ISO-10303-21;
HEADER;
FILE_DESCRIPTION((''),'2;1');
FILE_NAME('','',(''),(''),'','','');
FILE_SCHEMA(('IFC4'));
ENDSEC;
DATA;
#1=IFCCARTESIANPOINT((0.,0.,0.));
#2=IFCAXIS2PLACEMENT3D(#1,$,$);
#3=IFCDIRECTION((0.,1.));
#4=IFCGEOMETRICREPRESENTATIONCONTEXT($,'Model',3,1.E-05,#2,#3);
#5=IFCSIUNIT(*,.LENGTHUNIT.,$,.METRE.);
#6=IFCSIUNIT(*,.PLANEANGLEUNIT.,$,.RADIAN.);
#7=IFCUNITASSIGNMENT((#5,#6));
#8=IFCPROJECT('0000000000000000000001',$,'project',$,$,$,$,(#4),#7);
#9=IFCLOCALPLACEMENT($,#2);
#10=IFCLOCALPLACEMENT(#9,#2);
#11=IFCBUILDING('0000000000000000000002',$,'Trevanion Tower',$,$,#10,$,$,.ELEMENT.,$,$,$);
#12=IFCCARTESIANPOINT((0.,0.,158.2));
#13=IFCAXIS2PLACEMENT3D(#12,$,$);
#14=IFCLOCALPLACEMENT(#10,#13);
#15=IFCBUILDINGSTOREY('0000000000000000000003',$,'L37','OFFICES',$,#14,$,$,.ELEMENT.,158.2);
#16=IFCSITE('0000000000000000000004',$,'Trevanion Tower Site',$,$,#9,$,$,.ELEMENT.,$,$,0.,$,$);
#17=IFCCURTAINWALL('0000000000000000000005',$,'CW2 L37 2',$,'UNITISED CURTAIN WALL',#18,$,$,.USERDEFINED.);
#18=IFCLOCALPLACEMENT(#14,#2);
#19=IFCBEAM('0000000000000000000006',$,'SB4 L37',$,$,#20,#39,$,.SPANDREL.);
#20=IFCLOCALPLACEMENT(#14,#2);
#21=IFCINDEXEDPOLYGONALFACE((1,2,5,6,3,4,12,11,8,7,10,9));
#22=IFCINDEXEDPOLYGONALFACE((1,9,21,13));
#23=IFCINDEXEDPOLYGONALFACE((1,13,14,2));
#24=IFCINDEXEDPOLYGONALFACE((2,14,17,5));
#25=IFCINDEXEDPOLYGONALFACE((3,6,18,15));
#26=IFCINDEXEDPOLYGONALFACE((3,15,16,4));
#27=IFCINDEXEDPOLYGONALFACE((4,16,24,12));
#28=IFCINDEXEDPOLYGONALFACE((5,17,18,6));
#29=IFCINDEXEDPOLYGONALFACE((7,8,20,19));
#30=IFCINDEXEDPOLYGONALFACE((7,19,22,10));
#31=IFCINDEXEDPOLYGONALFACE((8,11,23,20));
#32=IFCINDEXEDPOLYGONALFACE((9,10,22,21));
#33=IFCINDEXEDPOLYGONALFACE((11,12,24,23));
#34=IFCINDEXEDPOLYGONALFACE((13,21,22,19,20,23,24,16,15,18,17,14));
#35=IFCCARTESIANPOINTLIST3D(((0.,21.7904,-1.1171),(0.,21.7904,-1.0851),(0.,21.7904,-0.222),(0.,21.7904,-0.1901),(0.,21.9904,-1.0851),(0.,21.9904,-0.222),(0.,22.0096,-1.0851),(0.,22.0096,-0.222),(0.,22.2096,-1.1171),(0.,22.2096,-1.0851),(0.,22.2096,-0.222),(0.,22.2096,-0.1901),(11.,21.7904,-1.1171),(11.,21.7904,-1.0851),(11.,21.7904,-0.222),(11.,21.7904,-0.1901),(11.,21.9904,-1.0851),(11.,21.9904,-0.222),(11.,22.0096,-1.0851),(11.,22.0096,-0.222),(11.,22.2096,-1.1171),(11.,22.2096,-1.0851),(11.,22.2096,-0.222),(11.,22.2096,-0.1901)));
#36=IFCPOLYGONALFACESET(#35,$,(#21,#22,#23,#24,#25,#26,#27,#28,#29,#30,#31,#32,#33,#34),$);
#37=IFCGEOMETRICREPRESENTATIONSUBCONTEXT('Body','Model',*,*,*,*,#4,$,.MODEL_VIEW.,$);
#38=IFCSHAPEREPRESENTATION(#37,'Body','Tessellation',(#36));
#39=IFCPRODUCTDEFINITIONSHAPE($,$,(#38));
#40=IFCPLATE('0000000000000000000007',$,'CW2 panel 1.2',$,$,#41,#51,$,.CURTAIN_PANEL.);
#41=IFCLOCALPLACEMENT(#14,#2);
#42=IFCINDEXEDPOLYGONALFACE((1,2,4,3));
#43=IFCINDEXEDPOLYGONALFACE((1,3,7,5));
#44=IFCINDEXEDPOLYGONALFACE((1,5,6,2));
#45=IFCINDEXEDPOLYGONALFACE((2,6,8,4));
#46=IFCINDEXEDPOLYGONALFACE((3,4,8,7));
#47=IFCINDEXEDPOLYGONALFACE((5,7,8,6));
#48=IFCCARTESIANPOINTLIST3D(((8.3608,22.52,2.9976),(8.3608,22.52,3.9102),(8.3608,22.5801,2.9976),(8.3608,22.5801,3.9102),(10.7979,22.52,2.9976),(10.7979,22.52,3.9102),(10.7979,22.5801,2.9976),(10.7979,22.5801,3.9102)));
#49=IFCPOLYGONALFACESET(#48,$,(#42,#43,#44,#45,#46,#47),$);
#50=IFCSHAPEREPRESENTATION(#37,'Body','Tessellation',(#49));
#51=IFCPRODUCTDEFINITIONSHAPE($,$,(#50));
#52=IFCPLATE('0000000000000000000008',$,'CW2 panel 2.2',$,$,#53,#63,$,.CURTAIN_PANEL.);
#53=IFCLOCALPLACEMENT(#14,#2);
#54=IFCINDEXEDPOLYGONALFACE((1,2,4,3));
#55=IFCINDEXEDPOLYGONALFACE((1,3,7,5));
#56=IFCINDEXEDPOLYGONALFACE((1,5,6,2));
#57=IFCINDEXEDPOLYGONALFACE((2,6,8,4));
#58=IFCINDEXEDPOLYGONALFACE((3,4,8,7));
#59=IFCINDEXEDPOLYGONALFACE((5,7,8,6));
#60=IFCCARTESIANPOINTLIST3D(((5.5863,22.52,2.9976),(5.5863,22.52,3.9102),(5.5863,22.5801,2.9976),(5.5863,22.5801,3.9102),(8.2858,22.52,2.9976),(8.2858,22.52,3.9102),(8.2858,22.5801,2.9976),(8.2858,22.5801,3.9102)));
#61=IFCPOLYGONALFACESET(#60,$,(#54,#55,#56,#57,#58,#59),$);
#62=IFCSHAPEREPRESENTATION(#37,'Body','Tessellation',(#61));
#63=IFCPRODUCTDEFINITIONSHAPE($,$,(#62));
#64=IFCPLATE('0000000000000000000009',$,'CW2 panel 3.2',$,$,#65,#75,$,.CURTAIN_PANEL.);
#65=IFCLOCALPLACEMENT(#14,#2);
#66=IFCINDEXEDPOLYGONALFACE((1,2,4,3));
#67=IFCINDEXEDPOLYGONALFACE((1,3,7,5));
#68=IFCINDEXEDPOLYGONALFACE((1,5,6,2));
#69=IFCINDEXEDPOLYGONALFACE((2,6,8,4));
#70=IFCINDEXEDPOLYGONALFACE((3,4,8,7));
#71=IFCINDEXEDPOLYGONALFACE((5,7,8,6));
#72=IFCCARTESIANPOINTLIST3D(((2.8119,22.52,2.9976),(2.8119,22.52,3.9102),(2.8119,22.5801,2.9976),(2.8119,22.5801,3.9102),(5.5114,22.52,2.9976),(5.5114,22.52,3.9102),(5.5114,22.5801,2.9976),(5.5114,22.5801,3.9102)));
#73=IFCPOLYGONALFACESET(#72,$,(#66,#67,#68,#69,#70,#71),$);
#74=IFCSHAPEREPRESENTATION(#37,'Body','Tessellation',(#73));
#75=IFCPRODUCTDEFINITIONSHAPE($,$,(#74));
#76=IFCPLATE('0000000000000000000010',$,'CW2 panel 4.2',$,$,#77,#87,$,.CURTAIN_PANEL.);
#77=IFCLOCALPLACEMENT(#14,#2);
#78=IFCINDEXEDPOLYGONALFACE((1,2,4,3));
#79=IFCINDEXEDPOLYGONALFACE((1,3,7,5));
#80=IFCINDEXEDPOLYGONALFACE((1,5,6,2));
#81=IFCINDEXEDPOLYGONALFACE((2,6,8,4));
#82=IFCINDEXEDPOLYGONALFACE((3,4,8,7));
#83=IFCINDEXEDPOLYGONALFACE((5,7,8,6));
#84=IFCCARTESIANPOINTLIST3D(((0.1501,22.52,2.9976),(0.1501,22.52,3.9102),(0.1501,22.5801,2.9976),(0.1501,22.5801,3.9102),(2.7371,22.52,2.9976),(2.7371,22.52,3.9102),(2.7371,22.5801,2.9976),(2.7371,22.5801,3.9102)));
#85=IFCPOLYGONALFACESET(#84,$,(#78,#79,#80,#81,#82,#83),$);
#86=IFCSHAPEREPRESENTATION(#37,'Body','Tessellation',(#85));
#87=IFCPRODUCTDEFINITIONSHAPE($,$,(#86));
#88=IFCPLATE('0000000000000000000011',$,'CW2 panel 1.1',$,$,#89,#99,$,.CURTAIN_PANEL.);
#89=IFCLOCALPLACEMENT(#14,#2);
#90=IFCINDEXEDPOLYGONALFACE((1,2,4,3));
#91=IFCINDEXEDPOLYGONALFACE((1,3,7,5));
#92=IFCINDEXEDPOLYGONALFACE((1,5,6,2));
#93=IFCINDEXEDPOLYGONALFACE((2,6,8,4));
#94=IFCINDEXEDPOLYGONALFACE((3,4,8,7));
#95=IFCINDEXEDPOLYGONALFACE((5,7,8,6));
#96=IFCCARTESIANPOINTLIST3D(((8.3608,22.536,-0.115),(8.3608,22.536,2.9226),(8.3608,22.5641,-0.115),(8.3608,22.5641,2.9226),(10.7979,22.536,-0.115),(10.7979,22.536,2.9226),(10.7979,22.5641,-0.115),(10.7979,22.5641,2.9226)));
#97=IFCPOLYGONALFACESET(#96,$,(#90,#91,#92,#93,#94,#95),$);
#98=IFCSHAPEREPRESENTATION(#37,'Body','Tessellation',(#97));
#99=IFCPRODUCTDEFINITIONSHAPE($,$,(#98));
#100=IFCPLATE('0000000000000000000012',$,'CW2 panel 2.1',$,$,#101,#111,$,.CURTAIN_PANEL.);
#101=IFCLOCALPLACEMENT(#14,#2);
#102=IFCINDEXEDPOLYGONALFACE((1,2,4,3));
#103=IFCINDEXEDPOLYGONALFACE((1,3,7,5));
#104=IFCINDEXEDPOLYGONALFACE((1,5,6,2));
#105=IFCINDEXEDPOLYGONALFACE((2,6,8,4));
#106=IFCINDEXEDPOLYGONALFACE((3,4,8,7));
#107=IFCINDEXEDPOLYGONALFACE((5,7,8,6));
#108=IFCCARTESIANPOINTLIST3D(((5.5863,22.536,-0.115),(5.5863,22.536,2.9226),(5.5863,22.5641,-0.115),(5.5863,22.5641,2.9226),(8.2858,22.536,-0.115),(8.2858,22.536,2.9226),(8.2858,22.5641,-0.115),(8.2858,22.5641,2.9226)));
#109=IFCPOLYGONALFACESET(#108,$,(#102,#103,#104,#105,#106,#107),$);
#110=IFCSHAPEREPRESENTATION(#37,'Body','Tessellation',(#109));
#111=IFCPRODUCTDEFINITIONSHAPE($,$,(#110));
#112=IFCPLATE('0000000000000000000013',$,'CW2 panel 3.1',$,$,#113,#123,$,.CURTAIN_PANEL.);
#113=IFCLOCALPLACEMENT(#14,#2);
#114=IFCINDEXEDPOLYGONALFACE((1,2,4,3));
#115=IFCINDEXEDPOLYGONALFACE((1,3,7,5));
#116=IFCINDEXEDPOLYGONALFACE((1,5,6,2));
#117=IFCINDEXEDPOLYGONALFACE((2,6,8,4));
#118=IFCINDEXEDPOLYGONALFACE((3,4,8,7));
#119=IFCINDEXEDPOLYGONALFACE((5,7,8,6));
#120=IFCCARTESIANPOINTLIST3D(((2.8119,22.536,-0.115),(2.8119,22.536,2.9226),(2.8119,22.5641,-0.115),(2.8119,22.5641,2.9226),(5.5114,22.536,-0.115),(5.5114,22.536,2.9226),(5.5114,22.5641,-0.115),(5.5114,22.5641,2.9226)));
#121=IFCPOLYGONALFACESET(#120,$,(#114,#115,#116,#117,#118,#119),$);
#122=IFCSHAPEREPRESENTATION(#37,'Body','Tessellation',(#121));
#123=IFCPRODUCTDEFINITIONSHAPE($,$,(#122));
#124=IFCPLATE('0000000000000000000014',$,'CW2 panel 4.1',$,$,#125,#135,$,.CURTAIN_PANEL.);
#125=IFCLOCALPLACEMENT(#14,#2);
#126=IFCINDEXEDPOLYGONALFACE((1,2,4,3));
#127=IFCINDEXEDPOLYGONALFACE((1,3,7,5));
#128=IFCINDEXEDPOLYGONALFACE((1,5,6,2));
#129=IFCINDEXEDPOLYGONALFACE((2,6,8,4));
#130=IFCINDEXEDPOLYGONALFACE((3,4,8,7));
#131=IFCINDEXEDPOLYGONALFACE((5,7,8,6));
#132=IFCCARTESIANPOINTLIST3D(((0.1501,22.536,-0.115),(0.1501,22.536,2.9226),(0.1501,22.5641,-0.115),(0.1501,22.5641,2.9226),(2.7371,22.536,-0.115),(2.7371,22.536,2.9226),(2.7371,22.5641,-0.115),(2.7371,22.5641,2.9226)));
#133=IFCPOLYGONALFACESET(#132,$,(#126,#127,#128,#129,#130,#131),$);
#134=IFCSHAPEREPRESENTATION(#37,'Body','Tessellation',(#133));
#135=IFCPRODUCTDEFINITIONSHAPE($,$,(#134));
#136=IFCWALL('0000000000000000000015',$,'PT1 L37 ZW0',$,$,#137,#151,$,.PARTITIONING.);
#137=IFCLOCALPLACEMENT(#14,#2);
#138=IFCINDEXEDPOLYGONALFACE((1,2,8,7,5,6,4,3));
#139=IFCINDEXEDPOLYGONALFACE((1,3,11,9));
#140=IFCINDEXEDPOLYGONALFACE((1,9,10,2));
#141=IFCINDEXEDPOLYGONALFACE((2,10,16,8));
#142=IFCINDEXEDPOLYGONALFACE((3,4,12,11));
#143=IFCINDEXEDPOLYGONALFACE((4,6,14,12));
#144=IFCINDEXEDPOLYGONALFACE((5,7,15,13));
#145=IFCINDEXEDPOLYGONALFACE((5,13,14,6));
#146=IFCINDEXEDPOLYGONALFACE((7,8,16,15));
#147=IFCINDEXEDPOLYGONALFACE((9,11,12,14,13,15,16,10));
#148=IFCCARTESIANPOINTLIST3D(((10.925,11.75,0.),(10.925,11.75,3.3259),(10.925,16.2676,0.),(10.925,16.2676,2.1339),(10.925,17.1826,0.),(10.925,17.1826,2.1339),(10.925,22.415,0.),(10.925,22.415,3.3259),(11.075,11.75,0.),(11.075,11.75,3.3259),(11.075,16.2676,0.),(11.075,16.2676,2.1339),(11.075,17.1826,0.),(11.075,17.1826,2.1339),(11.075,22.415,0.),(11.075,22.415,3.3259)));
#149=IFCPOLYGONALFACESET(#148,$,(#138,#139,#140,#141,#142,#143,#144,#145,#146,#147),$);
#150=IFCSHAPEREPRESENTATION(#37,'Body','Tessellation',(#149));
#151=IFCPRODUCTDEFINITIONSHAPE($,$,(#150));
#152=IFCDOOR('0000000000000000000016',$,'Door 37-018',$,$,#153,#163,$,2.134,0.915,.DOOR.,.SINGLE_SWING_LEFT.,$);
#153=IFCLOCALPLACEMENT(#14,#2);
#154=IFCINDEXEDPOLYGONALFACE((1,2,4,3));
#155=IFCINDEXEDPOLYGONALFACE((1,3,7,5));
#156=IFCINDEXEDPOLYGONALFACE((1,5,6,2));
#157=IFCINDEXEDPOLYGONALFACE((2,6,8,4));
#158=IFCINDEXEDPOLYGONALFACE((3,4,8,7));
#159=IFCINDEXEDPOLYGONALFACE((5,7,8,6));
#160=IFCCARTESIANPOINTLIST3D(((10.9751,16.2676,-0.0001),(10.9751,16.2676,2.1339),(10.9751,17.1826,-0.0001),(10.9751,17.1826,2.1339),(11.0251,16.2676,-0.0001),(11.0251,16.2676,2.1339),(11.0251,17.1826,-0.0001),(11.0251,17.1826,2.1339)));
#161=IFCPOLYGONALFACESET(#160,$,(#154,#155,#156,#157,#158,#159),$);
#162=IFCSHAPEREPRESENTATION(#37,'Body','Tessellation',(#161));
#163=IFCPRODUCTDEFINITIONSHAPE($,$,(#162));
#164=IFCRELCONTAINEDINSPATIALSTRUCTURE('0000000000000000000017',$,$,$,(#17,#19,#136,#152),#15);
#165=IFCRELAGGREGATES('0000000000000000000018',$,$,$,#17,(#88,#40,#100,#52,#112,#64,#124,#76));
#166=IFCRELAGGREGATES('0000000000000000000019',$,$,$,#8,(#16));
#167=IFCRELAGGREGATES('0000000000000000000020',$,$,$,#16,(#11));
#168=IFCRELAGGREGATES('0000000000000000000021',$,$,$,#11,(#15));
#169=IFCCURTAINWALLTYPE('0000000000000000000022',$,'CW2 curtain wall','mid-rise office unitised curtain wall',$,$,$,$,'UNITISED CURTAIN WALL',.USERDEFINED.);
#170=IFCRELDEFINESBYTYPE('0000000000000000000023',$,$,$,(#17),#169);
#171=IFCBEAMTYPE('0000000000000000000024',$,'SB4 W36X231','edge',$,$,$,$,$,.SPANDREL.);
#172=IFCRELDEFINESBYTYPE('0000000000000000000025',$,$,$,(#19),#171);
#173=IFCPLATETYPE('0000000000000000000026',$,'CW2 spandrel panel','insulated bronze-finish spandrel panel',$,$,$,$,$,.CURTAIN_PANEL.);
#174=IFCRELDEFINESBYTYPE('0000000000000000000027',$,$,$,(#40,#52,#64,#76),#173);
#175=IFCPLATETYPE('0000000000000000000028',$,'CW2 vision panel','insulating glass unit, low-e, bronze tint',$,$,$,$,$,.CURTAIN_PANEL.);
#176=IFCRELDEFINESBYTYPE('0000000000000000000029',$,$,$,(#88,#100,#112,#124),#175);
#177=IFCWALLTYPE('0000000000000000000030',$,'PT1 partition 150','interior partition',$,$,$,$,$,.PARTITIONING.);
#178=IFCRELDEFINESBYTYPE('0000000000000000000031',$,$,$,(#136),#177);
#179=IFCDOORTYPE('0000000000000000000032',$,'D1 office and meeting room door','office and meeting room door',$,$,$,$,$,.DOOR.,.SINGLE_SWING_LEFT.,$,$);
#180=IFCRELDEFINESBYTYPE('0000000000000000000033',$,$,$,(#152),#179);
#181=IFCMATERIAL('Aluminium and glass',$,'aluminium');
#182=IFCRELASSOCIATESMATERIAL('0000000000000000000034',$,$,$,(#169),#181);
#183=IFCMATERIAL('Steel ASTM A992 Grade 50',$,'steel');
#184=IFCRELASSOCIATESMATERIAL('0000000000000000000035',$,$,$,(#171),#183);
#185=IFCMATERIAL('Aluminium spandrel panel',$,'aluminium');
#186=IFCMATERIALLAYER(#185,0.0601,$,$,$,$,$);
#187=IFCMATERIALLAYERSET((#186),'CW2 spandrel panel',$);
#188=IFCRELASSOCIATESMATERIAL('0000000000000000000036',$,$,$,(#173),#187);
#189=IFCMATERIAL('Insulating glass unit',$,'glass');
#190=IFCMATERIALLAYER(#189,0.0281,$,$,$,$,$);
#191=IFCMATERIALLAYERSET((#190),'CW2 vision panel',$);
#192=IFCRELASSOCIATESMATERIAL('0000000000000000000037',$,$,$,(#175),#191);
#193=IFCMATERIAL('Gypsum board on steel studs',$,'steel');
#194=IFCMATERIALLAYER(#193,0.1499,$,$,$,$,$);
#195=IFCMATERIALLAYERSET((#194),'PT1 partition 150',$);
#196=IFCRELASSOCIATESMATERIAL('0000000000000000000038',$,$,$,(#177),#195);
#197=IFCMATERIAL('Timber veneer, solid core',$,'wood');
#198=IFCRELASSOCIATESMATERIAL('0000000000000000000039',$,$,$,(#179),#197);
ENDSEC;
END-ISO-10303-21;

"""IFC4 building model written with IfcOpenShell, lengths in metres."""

from ifc_helpers import new_model, si_unit, direction, frame, frame_2d, origin, origin_2d, place, context, subcontext, project, spatial, rectangle, i_section, extrude, material, layer, layer_set, material_profile, profile_set, type_object, element, fill, aggregate, save


model = new_model("IFC4")

# Units and contexts
model_context = context("Model", 3, precision=1e-05, world=origin(), true_north=direction((0.0, 1.0)))
body_context = subcontext(model_context, "Body", "Model", "MODEL_VIEW")
ifc_project = project(units=[si_unit("LENGTHUNIT", "METRE"), si_unit("PLANEANGLEUNIT", "RADIAN")], contexts=[model_context])

# Site, building, storey
site_placement = place(None, origin())
site = spatial("IfcSite", under=ifc_project, at=site_placement, Name="Trevanion Tower Site", CompositionType="ELEMENT", RefElevation=0.0)
building_placement = place(site_placement, origin())
building = spatial("IfcBuilding", under=site, at=building_placement, Name="Trevanion Tower", CompositionType="ELEMENT")
storey_placement = place(building_placement, frame((0.0, 0.0, 158.2)))
storey = spatial("IfcBuildingStorey", under=building, at=storey_placement, Name="L37", Description="OFFICES", CompositionType="ELEMENT", Elevation=158.2)

# Curtain wall
ifc_material_1 = material(Name="Aluminium and glass", Category="aluminium")
curtain_wall_type = type_object("IfcCurtainWallType", Name="CW2 curtain wall", Description="mid-rise office unitised curtain wall", ElementType="UNITISED CURTAIN WALL", PredefinedType="USERDEFINED", material=ifc_material_1)
curtain_wall_1_placement = place(storey_placement, origin())
curtain_wall_1 = element("IfcCurtainWall", 1, at=curtain_wall_1_placement, inside=storey, type_object=curtain_wall_type, Name="CW2 L37 2", ObjectType="UNITISED CURTAIN WALL", PredefinedType="USERDEFINED")

# Beam
ifc_material_2 = material(Name="Steel ASTM A992 Grade 50", Category="steel")
ifc_material_profile_1 = material_profile(ifc_material_2, i_section(OverallWidth=0.4192, OverallDepth=0.927, WebThickness=0.0193, FlangeThickness=0.032, at=origin_2d()), Name="W36X231")
ifc_profile_set_1 = profile_set([ifc_material_profile_1], Name="Steel ASTM A992 Grade 50")
beam_type = type_object("IfcBeamType", Name="SB4 W36X231", Description="edge", PredefinedType="SPANDREL", material=ifc_profile_set_1)
beam_placement = place(storey_placement, frame((11.0, 22.0, -0.6536), z_axis=(-1.0, 0.0, 0.0), x_axis=(0.0, -1.0, 0.0)))
element("IfcBeam", 2, at=beam_placement, inside=storey, type_object=beam_type, Name="SB4 L37", PredefinedType="SPANDREL", context=body_context, shape_type="SweptSolid", body=[
    extrude(i_section(OverallWidth=0.4192, OverallDepth=0.927, WebThickness=0.0193, FlangeThickness=0.032, at=origin_2d()), origin(), (0.0, 0.0, 1.0), 11.0),
])

# Plates
ifc_material_3 = material(Name="Aluminium spandrel panel", Category="aluminium")
ifc_layer_1 = layer(ifc_material_3, 0.0601)
ifc_layer_set_1 = layer_set([ifc_layer_1], Name="CW2 spandrel panel")
plate_type_1 = type_object("IfcPlateType", Name="CW2 spandrel panel", Description="insulated bronze-finish spandrel panel", PredefinedType="CURTAIN_PANEL", material=ifc_layer_set_1)
plate_1_placement = place(storey_placement, frame((9.5793, 22.55, 2.9976), z_axis=(0.0, 0.0, 1.0), x_axis=(-1.0, 0.0, 0.0)))
plate_1 = element("IfcPlate", 3, at=plate_1_placement, type_object=plate_type_1, Name="CW2 panel 1.2", PredefinedType="CURTAIN_PANEL", context=body_context, shape_type="SweptSolid", body=[
    extrude(rectangle(XDim=2.437, YDim=0.0601, at=origin_2d()), origin(), (0.0, 0.0, 1.0), 0.9126),
])
plate_2_placement = place(storey_placement, frame((6.936, 22.55, 2.9976), z_axis=(0.0, 0.0, 1.0), x_axis=(-1.0, 0.0, 0.0)))
plate_2 = element("IfcPlate", 4, at=plate_2_placement, type_object=plate_type_1, Name="CW2 panel 2.2", PredefinedType="CURTAIN_PANEL", context=body_context, shape_type="SweptSolid", body=[
    extrude(rectangle(XDim=2.6995, YDim=0.0601, at=origin_2d()), origin(), (0.0, 0.0, 1.0), 0.9126),
])
plate_3_placement = place(storey_placement, frame((4.1616, 22.55, 2.9976), z_axis=(0.0, 0.0, 1.0), x_axis=(-1.0, 0.0, 0.0)))
plate_3 = element("IfcPlate", 5, at=plate_3_placement, type_object=plate_type_1, Name="CW2 panel 3.2", PredefinedType="CURTAIN_PANEL", context=body_context, shape_type="SweptSolid", body=[
    extrude(rectangle(XDim=2.6995, YDim=0.0601, at=origin_2d()), origin(), (0.0, 0.0, 1.0), 0.9126),
])
plate_4_placement = place(storey_placement, frame((1.4436, 22.55, 2.9976), z_axis=(0.0, 0.0, 1.0), x_axis=(-1.0, 0.0, 0.0)))
plate_4 = element("IfcPlate", 6, at=plate_4_placement, type_object=plate_type_1, Name="CW2 panel 4.2", PredefinedType="CURTAIN_PANEL", context=body_context, shape_type="SweptSolid", body=[
    extrude(rectangle(XDim=2.5869, YDim=0.0601, at=origin_2d()), origin(), (0.0, 0.0, 1.0), 0.9126),
])
ifc_material_4 = material(Name="Insulating glass unit", Category="glass")
ifc_layer_2 = layer(ifc_material_4, 0.0281)
ifc_layer_set_2 = layer_set([ifc_layer_2], Name="CW2 vision panel")
plate_type_2 = type_object("IfcPlateType", Name="CW2 vision panel", Description="insulating glass unit, low-e, bronze tint", PredefinedType="CURTAIN_PANEL", material=ifc_layer_set_2)
plate_5_placement = place(storey_placement, frame((9.5793, 22.55, -0.115), z_axis=(0.0, 0.0, 1.0), x_axis=(-1.0, 0.0, 0.0)))
plate_5 = element("IfcPlate", 7, at=plate_5_placement, type_object=plate_type_2, Name="CW2 panel 1.1", PredefinedType="CURTAIN_PANEL", context=body_context, shape_type="SweptSolid", body=[
    extrude(rectangle(XDim=2.437, YDim=0.0281, at=origin_2d()), origin(), (0.0, 0.0, 1.0), 3.0376),
])
plate_6_placement = place(storey_placement, frame((6.936, 22.55, -0.115), z_axis=(0.0, 0.0, 1.0), x_axis=(-1.0, 0.0, 0.0)))
plate_6 = element("IfcPlate", 8, at=plate_6_placement, type_object=plate_type_2, Name="CW2 panel 2.1", PredefinedType="CURTAIN_PANEL", context=body_context, shape_type="SweptSolid", body=[
    extrude(rectangle(XDim=2.6995, YDim=0.0281, at=origin_2d()), origin(), (0.0, 0.0, 1.0), 3.0376),
])
plate_7_placement = place(storey_placement, frame((4.1616, 22.55, -0.115), z_axis=(0.0, 0.0, 1.0), x_axis=(-1.0, 0.0, 0.0)))
plate_7 = element("IfcPlate", 9, at=plate_7_placement, type_object=plate_type_2, Name="CW2 panel 3.1", PredefinedType="CURTAIN_PANEL", context=body_context, shape_type="SweptSolid", body=[
    extrude(rectangle(XDim=2.6995, YDim=0.0281, at=origin_2d()), origin(), (0.0, 0.0, 1.0), 3.0376),
])
plate_8_placement = place(storey_placement, frame((1.4436, 22.55, -0.115), z_axis=(0.0, 0.0, 1.0), x_axis=(-1.0, 0.0, 0.0)))
plate_8 = element("IfcPlate", 10, at=plate_8_placement, type_object=plate_type_2, Name="CW2 panel 4.1", PredefinedType="CURTAIN_PANEL", context=body_context, shape_type="SweptSolid", body=[
    extrude(rectangle(XDim=2.5869, YDim=0.0281, at=origin_2d()), origin(), (0.0, 0.0, 1.0), 3.0376),
])
aggregate(curtain_wall_1, [plate_5, plate_1, plate_6, plate_2, plate_7, plate_3, plate_8, plate_4])

# Wall, opening, door
ifc_material_5 = material(Name="Gypsum board on steel studs", Category="steel")
ifc_layer_3 = layer(ifc_material_5, 0.1499)
ifc_layer_set_3 = layer_set([ifc_layer_3], Name="PT1 partition 150")
wall_type = type_object("IfcWallType", Name="PT1 partition 150", Description="interior partition", PredefinedType="PARTITIONING", material=ifc_layer_set_3)
wall_1_placement = place(storey_placement, frame((11.0, 11.75, 0.0), z_axis=(0.0, 0.0, 1.0), x_axis=(0.0, 1.0, 0.0)))
wall_1 = element("IfcWall", 11, at=wall_1_placement, inside=storey, type_object=wall_type, Name="PT1 L37 ZW0", PredefinedType="PARTITIONING", context=body_context, shape_type="SweptSolid", body=[
    extrude(rectangle(XDim=10.665, YDim=0.1499, at=frame_2d((5.3325, 0.0))), origin(), (0.0, 0.0, 1.0), 3.3259),
])
opening_1_placement = place(wall_1_placement, frame((4.5176, 0.0, 0.0)))
opening_1 = element("IfcOpeningElement", 12, at=opening_1_placement, cuts=wall_1, PredefinedType="OPENING", context=body_context, shape_type="SweptSolid", body=[
    extrude(rectangle(XDim=0.915, YDim=2.134, at=frame_2d((0.4575, 1.0669))), frame((0.0, 0.085, 0.0), z_axis=(0.0, -1.0, 0.0), x_axis=(1.0, 0.0, 0.0)), (0.0, 0.0, 1.0), 0.1699),
])
ifc_material_6 = material(Name="Timber veneer, solid core", Category="wood")
door_type = type_object("IfcDoorType", Name="D1 office and meeting room door", Description="office and meeting room door", OperationType="SINGLE_SWING_LEFT", PredefinedType="DOOR", material=ifc_material_6)
door_1_placement = place(opening_1_placement, origin())
door_1 = element("IfcDoor", 13, at=door_1_placement, inside=storey, type_object=door_type, Name="Door 37-018", OperationType="SINGLE_SWING_LEFT", OverallHeight=2.134, OverallWidth=0.915, PredefinedType="DOOR", context=body_context, shape_type="SweptSolid", body=[
    extrude(rectangle(XDim=0.915, YDim=2.134, at=frame_2d((0.4575, 1.0669))), frame((0.0, 0.0249, 0.0), z_axis=(0.0, -1.0, 0.0), x_axis=(1.0, 0.0, 0.0)), (0.0, 0.0, 1.0), 0.05),
])
fill(opening_1, door_1)

save(model, "model.ifc")
